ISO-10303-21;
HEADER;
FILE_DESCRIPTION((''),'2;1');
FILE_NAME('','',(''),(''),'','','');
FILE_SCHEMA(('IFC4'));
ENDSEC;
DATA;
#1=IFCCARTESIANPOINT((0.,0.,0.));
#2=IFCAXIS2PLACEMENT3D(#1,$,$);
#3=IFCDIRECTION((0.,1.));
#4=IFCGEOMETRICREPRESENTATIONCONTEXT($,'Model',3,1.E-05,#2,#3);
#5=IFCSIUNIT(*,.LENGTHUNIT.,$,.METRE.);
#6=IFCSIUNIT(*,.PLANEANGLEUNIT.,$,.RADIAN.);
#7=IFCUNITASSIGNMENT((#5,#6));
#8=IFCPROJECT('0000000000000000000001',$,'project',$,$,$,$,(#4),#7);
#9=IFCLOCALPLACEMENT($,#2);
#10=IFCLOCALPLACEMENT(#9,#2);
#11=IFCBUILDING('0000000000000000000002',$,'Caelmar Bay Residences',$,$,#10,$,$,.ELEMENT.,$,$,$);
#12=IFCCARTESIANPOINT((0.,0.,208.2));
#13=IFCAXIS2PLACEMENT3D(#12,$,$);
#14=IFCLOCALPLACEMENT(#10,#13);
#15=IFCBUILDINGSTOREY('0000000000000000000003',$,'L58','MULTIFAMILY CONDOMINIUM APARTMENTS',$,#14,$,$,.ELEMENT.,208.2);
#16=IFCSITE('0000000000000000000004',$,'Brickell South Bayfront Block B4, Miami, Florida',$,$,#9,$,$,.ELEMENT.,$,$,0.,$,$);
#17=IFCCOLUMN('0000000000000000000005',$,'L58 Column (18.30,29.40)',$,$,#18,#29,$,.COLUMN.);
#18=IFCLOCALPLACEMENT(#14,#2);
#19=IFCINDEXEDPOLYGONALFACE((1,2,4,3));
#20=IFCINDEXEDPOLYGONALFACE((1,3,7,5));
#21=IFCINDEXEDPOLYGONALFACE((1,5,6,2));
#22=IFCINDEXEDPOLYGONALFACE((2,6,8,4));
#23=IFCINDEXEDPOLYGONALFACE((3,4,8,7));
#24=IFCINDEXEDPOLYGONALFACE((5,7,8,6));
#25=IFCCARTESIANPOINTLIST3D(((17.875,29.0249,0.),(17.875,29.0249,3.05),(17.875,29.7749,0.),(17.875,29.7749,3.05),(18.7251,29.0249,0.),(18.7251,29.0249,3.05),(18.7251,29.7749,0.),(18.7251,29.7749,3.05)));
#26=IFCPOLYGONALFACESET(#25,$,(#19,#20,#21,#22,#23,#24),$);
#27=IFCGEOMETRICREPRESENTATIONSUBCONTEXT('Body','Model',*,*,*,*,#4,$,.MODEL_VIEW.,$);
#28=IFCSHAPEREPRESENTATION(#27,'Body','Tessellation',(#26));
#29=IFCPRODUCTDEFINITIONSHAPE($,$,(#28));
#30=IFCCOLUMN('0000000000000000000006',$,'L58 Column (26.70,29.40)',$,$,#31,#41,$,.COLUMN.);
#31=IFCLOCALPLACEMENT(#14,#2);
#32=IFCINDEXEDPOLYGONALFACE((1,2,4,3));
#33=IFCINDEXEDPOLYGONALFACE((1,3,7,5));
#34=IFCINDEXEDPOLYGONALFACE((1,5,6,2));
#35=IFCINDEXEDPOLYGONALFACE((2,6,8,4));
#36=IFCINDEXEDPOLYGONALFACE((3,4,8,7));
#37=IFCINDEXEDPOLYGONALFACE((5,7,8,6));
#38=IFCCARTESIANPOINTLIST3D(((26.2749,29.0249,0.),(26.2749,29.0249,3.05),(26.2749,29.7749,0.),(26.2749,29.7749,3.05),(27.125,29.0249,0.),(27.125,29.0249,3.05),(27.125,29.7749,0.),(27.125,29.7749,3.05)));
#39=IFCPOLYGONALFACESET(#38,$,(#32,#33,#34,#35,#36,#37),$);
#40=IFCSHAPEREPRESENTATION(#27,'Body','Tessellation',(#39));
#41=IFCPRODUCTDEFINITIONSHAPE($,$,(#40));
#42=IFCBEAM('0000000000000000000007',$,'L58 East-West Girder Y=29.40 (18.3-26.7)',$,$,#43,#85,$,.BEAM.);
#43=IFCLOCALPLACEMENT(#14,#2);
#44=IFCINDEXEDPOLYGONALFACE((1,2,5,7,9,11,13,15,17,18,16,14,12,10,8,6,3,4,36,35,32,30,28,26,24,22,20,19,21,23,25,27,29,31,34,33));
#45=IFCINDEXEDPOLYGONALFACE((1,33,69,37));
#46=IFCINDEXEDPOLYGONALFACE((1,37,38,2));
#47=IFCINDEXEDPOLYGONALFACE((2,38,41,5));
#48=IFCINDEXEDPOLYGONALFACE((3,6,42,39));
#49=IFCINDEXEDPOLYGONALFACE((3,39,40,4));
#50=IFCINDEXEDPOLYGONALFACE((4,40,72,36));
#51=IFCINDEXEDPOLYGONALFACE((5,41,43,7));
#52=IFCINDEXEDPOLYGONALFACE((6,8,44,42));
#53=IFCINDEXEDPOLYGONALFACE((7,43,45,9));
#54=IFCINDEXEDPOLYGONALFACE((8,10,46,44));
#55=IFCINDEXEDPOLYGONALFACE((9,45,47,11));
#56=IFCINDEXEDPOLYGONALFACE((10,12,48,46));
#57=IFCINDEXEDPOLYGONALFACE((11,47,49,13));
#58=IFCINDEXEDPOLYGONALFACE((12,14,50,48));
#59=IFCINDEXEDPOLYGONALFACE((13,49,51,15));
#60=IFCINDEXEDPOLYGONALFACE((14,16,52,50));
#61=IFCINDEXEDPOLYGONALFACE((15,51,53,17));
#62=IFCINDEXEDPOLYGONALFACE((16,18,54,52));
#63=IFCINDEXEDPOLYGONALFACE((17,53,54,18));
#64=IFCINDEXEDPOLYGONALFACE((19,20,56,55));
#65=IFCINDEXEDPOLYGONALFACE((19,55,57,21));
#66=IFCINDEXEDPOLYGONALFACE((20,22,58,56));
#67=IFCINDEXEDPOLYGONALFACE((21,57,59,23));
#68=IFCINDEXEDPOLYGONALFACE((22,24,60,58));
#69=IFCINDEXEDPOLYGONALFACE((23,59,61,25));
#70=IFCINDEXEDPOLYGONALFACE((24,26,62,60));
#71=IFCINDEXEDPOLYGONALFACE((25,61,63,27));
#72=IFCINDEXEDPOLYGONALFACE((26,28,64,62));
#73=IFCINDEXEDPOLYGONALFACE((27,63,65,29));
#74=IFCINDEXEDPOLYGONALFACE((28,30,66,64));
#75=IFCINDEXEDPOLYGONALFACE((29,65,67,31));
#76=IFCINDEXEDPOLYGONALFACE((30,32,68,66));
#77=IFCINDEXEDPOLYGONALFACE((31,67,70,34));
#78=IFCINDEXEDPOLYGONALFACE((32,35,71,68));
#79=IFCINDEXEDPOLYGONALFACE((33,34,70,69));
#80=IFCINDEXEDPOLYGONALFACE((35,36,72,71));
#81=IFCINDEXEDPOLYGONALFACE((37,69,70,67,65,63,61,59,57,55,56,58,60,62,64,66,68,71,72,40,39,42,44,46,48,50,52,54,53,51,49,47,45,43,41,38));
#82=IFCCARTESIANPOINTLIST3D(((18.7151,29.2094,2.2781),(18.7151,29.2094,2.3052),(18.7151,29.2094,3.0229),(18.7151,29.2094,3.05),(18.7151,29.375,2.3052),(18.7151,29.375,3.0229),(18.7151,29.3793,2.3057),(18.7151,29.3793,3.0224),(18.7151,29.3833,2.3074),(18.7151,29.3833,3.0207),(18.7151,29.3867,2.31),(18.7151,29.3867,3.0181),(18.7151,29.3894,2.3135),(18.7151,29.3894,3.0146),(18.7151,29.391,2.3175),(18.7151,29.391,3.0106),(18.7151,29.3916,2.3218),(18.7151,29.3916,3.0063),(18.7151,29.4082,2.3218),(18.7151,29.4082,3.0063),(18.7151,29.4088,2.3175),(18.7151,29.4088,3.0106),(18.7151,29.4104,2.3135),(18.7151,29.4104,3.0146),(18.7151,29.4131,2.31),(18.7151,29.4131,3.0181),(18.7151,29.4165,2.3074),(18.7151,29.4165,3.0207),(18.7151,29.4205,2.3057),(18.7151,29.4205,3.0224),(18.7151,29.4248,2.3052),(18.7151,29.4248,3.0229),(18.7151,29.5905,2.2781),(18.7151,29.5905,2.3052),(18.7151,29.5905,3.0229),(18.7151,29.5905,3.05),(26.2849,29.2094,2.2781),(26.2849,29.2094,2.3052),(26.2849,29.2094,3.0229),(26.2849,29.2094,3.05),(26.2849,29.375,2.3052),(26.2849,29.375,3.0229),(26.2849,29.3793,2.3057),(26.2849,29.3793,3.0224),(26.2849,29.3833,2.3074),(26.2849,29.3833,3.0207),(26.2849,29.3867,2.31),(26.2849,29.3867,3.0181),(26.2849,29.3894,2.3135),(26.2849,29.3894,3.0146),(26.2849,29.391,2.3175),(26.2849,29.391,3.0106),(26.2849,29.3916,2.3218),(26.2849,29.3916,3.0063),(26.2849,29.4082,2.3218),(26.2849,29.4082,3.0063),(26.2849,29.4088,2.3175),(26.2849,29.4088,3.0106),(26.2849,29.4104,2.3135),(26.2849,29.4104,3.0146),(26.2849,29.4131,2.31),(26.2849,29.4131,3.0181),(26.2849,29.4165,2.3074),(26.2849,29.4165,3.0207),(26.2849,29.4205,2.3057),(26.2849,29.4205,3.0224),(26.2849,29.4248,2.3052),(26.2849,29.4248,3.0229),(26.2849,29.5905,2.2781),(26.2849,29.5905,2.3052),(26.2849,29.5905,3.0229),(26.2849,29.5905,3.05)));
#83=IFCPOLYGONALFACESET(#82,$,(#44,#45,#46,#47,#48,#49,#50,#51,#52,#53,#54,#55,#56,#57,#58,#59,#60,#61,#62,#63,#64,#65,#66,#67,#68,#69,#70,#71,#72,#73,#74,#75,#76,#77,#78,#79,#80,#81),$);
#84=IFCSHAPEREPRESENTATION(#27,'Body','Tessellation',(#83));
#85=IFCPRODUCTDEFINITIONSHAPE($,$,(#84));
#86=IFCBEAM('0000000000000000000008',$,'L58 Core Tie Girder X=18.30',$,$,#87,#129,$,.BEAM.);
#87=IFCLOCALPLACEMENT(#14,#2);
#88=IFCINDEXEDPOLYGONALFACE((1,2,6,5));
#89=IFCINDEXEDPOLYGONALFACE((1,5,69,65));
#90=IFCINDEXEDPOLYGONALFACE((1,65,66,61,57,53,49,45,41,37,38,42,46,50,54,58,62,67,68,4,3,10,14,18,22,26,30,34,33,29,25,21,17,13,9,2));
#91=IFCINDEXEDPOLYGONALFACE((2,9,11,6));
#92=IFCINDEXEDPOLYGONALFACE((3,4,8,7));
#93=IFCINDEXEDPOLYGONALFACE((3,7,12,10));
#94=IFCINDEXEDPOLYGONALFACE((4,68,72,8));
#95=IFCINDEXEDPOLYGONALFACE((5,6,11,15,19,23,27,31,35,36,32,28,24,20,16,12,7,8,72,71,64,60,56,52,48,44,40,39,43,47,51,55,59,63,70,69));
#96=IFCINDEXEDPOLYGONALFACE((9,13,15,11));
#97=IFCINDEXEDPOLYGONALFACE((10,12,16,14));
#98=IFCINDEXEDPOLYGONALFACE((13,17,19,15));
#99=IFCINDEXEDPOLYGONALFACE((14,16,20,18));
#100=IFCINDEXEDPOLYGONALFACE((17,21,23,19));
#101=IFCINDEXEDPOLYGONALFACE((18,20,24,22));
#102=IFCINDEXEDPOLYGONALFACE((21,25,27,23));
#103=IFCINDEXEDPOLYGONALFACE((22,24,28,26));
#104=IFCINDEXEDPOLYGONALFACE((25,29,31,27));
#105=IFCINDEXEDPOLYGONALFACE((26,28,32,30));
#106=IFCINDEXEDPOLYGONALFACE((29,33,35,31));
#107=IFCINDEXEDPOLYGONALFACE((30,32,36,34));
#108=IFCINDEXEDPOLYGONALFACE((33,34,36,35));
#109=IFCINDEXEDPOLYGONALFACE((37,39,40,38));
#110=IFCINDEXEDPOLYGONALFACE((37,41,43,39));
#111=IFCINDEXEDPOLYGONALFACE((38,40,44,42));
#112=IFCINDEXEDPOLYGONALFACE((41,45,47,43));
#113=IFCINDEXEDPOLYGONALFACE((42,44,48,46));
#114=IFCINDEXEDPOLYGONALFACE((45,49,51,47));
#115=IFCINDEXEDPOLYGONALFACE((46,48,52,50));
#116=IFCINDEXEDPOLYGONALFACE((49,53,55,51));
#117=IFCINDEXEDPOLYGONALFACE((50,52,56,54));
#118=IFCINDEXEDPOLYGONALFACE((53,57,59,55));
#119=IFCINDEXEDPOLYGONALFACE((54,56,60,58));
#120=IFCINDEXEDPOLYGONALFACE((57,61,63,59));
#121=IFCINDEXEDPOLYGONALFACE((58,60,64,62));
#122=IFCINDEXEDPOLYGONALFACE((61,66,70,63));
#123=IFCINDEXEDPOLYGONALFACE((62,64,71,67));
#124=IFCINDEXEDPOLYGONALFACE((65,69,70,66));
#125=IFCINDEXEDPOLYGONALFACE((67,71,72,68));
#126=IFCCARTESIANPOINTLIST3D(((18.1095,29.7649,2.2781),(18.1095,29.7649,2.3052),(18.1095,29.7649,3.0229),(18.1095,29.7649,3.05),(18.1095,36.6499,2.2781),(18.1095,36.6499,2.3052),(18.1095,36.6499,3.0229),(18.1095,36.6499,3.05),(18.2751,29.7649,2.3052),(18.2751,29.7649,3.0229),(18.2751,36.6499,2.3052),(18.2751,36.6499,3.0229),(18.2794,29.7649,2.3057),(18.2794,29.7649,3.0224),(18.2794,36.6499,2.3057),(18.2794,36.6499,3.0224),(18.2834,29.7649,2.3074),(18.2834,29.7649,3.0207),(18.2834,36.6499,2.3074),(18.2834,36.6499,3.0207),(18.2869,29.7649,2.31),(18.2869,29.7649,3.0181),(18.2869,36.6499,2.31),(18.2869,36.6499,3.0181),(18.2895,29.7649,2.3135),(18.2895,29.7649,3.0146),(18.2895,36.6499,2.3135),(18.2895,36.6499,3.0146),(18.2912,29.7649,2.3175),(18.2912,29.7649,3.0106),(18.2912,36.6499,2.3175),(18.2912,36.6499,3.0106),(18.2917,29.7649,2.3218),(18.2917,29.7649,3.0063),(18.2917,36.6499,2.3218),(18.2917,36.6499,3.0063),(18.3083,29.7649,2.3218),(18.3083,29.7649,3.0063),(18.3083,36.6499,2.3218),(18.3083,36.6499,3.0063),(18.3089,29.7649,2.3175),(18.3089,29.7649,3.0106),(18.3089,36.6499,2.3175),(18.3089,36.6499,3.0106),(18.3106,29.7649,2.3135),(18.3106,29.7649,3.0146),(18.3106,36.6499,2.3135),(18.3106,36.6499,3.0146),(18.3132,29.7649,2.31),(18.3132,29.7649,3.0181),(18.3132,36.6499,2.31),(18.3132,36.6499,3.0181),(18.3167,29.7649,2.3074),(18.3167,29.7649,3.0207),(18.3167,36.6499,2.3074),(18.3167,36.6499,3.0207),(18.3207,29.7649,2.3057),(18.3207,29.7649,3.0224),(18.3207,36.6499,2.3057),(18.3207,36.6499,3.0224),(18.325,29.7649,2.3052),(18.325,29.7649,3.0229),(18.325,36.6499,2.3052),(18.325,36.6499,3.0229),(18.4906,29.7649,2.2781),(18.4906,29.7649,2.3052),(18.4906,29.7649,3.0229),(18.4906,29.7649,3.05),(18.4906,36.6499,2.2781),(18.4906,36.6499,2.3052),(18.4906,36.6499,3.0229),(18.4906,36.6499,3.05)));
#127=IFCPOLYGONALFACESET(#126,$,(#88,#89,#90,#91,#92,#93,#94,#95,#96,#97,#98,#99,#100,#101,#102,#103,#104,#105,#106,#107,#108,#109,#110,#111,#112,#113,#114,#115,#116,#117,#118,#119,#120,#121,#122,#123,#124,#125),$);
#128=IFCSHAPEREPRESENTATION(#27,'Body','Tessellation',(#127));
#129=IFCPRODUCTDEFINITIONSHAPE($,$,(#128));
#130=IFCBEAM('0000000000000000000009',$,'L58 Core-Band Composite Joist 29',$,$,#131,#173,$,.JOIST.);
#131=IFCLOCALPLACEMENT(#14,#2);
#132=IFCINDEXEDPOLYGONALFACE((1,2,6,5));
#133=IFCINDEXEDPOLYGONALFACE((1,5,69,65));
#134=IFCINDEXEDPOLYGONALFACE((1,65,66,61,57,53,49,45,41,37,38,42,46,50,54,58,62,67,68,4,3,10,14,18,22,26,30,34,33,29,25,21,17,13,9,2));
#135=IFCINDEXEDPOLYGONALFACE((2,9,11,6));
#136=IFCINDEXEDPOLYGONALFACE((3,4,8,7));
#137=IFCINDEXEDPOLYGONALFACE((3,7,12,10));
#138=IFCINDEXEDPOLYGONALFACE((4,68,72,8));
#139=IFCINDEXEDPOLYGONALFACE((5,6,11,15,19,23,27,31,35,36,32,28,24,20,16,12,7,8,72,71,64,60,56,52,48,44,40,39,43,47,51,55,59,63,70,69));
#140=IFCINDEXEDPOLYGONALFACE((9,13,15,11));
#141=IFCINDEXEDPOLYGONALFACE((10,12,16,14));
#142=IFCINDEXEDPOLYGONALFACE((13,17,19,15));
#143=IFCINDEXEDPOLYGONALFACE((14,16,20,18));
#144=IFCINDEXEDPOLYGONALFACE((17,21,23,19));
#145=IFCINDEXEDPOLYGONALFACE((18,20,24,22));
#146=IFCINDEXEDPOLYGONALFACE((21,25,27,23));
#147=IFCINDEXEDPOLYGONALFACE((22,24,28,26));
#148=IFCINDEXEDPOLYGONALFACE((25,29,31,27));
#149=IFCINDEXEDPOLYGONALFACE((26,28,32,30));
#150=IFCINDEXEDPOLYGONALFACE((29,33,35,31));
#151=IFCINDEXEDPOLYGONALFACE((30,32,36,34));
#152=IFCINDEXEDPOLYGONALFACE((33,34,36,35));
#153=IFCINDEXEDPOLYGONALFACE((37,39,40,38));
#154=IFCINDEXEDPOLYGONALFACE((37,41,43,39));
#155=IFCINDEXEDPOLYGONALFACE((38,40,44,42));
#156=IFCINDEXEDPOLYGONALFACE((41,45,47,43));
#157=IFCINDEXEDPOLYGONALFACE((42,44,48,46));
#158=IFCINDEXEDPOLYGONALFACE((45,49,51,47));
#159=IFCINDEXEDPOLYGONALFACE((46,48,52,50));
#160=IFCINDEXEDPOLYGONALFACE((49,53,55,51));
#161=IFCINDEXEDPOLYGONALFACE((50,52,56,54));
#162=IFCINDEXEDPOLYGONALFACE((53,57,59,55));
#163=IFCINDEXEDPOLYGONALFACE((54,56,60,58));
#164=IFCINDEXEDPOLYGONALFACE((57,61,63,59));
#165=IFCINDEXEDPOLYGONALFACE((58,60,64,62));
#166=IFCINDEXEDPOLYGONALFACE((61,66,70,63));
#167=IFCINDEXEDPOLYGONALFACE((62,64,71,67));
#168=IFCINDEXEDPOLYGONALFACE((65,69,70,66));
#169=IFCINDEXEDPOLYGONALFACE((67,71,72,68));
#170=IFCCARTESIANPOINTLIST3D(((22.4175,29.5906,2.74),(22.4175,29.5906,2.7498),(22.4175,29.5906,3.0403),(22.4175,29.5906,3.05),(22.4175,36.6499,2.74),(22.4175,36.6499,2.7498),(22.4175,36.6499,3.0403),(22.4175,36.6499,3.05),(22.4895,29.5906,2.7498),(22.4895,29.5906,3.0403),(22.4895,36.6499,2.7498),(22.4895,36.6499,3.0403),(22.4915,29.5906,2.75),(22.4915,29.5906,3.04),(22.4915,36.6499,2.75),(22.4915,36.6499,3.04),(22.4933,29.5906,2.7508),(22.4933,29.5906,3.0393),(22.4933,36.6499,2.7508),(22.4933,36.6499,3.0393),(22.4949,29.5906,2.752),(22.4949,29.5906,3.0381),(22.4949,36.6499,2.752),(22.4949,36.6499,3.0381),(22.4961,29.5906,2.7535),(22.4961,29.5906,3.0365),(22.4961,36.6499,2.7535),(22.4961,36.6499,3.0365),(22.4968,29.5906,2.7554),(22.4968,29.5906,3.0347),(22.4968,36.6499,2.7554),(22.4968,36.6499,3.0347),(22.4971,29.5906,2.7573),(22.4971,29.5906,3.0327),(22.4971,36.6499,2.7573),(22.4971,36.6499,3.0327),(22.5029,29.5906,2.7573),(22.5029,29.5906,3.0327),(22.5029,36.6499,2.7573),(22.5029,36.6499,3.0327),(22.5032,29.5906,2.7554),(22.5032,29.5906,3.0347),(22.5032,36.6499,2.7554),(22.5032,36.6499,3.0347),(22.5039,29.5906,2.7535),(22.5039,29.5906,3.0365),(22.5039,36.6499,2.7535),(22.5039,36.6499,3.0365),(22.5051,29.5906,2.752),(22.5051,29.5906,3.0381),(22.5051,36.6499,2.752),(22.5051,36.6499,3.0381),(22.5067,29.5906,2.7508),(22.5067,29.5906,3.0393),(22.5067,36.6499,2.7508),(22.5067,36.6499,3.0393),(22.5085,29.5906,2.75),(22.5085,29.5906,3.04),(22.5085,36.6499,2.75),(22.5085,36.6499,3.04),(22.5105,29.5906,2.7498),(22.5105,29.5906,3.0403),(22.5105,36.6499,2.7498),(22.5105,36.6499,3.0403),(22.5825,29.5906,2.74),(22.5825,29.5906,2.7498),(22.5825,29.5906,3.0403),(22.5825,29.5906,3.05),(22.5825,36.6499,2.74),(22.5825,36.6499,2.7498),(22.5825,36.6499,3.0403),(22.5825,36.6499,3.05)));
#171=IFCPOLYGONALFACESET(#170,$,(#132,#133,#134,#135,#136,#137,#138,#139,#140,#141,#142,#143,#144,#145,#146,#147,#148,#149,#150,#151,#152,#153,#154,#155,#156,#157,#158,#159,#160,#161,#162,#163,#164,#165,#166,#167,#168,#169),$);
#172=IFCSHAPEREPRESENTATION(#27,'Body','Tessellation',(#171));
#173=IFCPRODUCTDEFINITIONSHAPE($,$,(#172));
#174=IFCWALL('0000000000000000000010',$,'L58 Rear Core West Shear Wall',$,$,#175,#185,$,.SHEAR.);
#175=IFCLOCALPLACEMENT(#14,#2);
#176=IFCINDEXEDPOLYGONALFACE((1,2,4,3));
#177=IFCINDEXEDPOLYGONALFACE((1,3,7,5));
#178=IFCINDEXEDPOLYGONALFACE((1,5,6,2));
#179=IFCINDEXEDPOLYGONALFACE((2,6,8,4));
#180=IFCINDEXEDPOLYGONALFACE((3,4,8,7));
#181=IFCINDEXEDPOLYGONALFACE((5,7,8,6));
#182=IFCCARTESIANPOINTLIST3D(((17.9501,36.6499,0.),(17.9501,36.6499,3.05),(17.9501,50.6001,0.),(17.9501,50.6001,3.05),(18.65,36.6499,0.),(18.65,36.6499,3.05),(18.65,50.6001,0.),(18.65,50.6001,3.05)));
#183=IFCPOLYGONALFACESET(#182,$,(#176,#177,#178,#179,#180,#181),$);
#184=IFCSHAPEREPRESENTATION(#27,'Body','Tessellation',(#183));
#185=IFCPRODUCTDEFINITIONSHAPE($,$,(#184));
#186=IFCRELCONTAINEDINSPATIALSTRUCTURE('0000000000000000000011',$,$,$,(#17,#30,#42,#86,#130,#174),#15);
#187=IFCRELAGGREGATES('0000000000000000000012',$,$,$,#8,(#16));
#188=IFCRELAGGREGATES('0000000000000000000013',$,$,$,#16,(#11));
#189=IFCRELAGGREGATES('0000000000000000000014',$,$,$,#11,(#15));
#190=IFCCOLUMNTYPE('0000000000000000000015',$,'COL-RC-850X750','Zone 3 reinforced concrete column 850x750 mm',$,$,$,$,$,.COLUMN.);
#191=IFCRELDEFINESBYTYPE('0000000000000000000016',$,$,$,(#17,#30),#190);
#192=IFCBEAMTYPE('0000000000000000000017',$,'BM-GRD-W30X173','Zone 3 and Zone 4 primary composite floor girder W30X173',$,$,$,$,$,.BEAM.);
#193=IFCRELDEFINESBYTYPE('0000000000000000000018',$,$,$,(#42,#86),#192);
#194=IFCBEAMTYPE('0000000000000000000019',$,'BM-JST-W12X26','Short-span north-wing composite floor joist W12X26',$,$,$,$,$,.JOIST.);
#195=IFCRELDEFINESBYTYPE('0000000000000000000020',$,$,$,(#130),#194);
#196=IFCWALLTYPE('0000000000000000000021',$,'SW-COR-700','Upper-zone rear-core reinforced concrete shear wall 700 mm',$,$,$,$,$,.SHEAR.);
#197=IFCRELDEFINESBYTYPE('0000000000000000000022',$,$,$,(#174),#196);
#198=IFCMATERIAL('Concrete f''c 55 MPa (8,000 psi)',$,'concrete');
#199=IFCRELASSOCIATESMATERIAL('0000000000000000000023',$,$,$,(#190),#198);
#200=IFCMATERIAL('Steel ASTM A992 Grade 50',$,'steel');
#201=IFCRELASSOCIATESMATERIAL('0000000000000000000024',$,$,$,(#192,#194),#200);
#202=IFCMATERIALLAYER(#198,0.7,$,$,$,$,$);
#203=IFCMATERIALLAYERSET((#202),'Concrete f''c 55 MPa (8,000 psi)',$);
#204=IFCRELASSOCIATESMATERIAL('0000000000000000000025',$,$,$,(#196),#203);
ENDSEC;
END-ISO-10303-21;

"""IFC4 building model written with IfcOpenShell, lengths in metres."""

from ifc_helpers import new_model, si_unit, direction, frame, frame_2d, origin, origin_2d, place, context, subcontext, project, spatial, rectangle, i_section, extrude, material, layer, layer_set, material_profile, profile_set, type_object, element, save


model = new_model("IFC4")

# Units and contexts
model_context = context("Model", 3, precision=1e-05, world=origin(), true_north=direction((0.0, 1.0)))
body_context = subcontext(model_context, "Body", "Model", "MODEL_VIEW")
ifc_project = project(units=[si_unit("LENGTHUNIT", "METRE"), si_unit("PLANEANGLEUNIT", "RADIAN")], contexts=[model_context])

# Site, building, storey
site_placement = place(None, origin())
site = spatial("IfcSite", under=ifc_project, at=site_placement, Name="Brickell South Bayfront Block B4, Miami, Florida", CompositionType="ELEMENT", RefElevation=0.0)
building_placement = place(site_placement, origin())
building = spatial("IfcBuilding", under=site, at=building_placement, Name="Caelmar Bay Residences", CompositionType="ELEMENT")
storey_placement = place(building_placement, frame((0.0, 0.0, 208.2)))
storey = spatial("IfcBuildingStorey", under=building, at=storey_placement, Name="L58", Description="MULTIFAMILY CONDOMINIUM APARTMENTS", CompositionType="ELEMENT", Elevation=208.2)

# Columns
ifc_material_1 = material(Name="Concrete f'c 55 MPa (8,000 psi)", Category="concrete")
ifc_material_profile_1 = material_profile(ifc_material_1, rectangle(XDim=0.8501, YDim=0.75, at=origin_2d()), Name="RC-COL-850X750")
ifc_profile_set_1 = profile_set([ifc_material_profile_1], Name="Concrete f'c 55 MPa (8,000 psi)")
column_type = type_object("IfcColumnType", Name="COL-RC-850X750", Description="Zone 3 reinforced concrete column 850x750 mm", PredefinedType="COLUMN", material=ifc_profile_set_1)
for number, where, z_axis, x_axis, name in (
    (1, (18.3, 29.3999, 0.0), (0.0, 0.0, 1.0), (1.0, 0.0, 0.0), "L58 Column (18.30,29.40)"),
    (2, (26.7, 29.3999, 0.0), (0.0, 0.0, 1.0), (1.0, 0.0, 0.0), "L58 Column (26.70,29.40)"),
):
    element("IfcColumn", number, at=place(storey_placement, frame(where, z_axis=z_axis, x_axis=x_axis)), inside=storey, type_object=column_type, Name=name, PredefinedType="COLUMN", context=body_context, shape_type="SweptSolid", body=[
        extrude(rectangle(XDim=0.8501, YDim=0.75, at=origin_2d()), origin(), (0.0, 0.0, 1.0), 3.05),
    ])

# Beams
ifc_material_2 = material(Name="Steel ASTM A992 Grade 50", Category="steel")
ifc_material_profile_2 = material_profile(ifc_material_2, i_section(OverallWidth=0.3811, OverallDepth=0.772, WebThickness=0.0166, FlangeThickness=0.0271, FilletRadius=0.0166, at=origin_2d()), Name="W30X173")
ifc_profile_set_2 = profile_set([ifc_material_profile_2], Name="Steel ASTM A992 Grade 50")
beam_type_1 = type_object("IfcBeamType", Name="BM-GRD-W30X173", Description="Zone 3 and Zone 4 primary composite floor girder W30X173", PredefinedType="BEAM", material=ifc_profile_set_2)
beam_1_placement = place(storey_placement, frame((18.7151, 29.3999, 2.6641), z_axis=(1.0, 0.0, 0.0), x_axis=(0.0, 1.0, 0.0)))
element("IfcBeam", 3, at=beam_1_placement, inside=storey, type_object=beam_type_1, Name="L58 East-West Girder Y=29.40 (18.3-26.7)", PredefinedType="BEAM", context=body_context, shape_type="SweptSolid", body=[
    extrude(i_section(OverallWidth=0.3811, OverallDepth=0.772, WebThickness=0.0166, FlangeThickness=0.0271, FilletRadius=0.0166, at=origin_2d()), origin(), (0.0, 0.0, 1.0), 7.5698),
])
beam_2_placement = place(storey_placement, frame((18.3, 29.7649, 2.6641), z_axis=(0.0, 1.0, 0.0), x_axis=(-1.0, 0.0, 0.0)))
element("IfcBeam", 4, at=beam_2_placement, inside=storey, type_object=beam_type_1, Name="L58 Core Tie Girder X=18.30", PredefinedType="BEAM", context=body_context, shape_type="SweptSolid", body=[
    extrude(i_section(OverallWidth=0.3811, OverallDepth=0.772, WebThickness=0.0166, FlangeThickness=0.0271, FilletRadius=0.0166, at=origin_2d()), origin(), (0.0, 0.0, 1.0), 6.885),
])
ifc_material_profile_3 = material_profile(ifc_material_2, i_section(OverallWidth=0.165, OverallDepth=0.3101, WebThickness=0.0059, FlangeThickness=0.0098, FilletRadius=0.0076, at=origin_2d()), Name="W12X26")
ifc_profile_set_3 = profile_set([ifc_material_profile_3], Name="Steel ASTM A992 Grade 50")
beam_type_2 = type_object("IfcBeamType", Name="BM-JST-W12X26", Description="Short-span north-wing composite floor joist W12X26", PredefinedType="JOIST", material=ifc_profile_set_3)
beam_3_placement = place(storey_placement, frame((22.5, 29.5906, 2.895), z_axis=(0.0, 1.0, 0.0), x_axis=(-1.0, 0.0, 0.0)))
element("IfcBeam", 5, at=beam_3_placement, inside=storey, type_object=beam_type_2, Name="L58 Core-Band Composite Joist 29", PredefinedType="JOIST", context=body_context, shape_type="SweptSolid", body=[
    extrude(i_section(OverallWidth=0.165, OverallDepth=0.3101, WebThickness=0.0059, FlangeThickness=0.0098, FilletRadius=0.0076, at=origin_2d()), origin(), (0.0, 0.0, 1.0), 7.0593),
])

# Wall
ifc_layer_1 = layer(ifc_material_1, 0.7)
ifc_layer_set_1 = layer_set([ifc_layer_1], Name="Concrete f'c 55 MPa (8,000 psi)")
wall_type_1 = type_object("IfcWallType", Name="SW-COR-700", Description="Upper-zone rear-core reinforced concrete shear wall 700 mm", PredefinedType="SHEAR", material=ifc_layer_set_1)
wall_1_placement = place(storey_placement, frame((18.3, 36.6499, 0.0), z_axis=(0.0, 0.0, 1.0), x_axis=(0.0, 1.0, 0.0)))
element("IfcWall", 6, at=wall_1_placement, inside=storey, type_object=wall_type_1, Name="L58 Rear Core West Shear Wall", PredefinedType="SHEAR", context=body_context, shape_type="SweptSolid", body=[
    extrude(rectangle(XDim=13.9502, YDim=0.7, at=frame_2d((6.9751, 0.0))), origin(), (0.0, 0.0, 1.0), 3.05),
])

save(model, "model.ifc")
